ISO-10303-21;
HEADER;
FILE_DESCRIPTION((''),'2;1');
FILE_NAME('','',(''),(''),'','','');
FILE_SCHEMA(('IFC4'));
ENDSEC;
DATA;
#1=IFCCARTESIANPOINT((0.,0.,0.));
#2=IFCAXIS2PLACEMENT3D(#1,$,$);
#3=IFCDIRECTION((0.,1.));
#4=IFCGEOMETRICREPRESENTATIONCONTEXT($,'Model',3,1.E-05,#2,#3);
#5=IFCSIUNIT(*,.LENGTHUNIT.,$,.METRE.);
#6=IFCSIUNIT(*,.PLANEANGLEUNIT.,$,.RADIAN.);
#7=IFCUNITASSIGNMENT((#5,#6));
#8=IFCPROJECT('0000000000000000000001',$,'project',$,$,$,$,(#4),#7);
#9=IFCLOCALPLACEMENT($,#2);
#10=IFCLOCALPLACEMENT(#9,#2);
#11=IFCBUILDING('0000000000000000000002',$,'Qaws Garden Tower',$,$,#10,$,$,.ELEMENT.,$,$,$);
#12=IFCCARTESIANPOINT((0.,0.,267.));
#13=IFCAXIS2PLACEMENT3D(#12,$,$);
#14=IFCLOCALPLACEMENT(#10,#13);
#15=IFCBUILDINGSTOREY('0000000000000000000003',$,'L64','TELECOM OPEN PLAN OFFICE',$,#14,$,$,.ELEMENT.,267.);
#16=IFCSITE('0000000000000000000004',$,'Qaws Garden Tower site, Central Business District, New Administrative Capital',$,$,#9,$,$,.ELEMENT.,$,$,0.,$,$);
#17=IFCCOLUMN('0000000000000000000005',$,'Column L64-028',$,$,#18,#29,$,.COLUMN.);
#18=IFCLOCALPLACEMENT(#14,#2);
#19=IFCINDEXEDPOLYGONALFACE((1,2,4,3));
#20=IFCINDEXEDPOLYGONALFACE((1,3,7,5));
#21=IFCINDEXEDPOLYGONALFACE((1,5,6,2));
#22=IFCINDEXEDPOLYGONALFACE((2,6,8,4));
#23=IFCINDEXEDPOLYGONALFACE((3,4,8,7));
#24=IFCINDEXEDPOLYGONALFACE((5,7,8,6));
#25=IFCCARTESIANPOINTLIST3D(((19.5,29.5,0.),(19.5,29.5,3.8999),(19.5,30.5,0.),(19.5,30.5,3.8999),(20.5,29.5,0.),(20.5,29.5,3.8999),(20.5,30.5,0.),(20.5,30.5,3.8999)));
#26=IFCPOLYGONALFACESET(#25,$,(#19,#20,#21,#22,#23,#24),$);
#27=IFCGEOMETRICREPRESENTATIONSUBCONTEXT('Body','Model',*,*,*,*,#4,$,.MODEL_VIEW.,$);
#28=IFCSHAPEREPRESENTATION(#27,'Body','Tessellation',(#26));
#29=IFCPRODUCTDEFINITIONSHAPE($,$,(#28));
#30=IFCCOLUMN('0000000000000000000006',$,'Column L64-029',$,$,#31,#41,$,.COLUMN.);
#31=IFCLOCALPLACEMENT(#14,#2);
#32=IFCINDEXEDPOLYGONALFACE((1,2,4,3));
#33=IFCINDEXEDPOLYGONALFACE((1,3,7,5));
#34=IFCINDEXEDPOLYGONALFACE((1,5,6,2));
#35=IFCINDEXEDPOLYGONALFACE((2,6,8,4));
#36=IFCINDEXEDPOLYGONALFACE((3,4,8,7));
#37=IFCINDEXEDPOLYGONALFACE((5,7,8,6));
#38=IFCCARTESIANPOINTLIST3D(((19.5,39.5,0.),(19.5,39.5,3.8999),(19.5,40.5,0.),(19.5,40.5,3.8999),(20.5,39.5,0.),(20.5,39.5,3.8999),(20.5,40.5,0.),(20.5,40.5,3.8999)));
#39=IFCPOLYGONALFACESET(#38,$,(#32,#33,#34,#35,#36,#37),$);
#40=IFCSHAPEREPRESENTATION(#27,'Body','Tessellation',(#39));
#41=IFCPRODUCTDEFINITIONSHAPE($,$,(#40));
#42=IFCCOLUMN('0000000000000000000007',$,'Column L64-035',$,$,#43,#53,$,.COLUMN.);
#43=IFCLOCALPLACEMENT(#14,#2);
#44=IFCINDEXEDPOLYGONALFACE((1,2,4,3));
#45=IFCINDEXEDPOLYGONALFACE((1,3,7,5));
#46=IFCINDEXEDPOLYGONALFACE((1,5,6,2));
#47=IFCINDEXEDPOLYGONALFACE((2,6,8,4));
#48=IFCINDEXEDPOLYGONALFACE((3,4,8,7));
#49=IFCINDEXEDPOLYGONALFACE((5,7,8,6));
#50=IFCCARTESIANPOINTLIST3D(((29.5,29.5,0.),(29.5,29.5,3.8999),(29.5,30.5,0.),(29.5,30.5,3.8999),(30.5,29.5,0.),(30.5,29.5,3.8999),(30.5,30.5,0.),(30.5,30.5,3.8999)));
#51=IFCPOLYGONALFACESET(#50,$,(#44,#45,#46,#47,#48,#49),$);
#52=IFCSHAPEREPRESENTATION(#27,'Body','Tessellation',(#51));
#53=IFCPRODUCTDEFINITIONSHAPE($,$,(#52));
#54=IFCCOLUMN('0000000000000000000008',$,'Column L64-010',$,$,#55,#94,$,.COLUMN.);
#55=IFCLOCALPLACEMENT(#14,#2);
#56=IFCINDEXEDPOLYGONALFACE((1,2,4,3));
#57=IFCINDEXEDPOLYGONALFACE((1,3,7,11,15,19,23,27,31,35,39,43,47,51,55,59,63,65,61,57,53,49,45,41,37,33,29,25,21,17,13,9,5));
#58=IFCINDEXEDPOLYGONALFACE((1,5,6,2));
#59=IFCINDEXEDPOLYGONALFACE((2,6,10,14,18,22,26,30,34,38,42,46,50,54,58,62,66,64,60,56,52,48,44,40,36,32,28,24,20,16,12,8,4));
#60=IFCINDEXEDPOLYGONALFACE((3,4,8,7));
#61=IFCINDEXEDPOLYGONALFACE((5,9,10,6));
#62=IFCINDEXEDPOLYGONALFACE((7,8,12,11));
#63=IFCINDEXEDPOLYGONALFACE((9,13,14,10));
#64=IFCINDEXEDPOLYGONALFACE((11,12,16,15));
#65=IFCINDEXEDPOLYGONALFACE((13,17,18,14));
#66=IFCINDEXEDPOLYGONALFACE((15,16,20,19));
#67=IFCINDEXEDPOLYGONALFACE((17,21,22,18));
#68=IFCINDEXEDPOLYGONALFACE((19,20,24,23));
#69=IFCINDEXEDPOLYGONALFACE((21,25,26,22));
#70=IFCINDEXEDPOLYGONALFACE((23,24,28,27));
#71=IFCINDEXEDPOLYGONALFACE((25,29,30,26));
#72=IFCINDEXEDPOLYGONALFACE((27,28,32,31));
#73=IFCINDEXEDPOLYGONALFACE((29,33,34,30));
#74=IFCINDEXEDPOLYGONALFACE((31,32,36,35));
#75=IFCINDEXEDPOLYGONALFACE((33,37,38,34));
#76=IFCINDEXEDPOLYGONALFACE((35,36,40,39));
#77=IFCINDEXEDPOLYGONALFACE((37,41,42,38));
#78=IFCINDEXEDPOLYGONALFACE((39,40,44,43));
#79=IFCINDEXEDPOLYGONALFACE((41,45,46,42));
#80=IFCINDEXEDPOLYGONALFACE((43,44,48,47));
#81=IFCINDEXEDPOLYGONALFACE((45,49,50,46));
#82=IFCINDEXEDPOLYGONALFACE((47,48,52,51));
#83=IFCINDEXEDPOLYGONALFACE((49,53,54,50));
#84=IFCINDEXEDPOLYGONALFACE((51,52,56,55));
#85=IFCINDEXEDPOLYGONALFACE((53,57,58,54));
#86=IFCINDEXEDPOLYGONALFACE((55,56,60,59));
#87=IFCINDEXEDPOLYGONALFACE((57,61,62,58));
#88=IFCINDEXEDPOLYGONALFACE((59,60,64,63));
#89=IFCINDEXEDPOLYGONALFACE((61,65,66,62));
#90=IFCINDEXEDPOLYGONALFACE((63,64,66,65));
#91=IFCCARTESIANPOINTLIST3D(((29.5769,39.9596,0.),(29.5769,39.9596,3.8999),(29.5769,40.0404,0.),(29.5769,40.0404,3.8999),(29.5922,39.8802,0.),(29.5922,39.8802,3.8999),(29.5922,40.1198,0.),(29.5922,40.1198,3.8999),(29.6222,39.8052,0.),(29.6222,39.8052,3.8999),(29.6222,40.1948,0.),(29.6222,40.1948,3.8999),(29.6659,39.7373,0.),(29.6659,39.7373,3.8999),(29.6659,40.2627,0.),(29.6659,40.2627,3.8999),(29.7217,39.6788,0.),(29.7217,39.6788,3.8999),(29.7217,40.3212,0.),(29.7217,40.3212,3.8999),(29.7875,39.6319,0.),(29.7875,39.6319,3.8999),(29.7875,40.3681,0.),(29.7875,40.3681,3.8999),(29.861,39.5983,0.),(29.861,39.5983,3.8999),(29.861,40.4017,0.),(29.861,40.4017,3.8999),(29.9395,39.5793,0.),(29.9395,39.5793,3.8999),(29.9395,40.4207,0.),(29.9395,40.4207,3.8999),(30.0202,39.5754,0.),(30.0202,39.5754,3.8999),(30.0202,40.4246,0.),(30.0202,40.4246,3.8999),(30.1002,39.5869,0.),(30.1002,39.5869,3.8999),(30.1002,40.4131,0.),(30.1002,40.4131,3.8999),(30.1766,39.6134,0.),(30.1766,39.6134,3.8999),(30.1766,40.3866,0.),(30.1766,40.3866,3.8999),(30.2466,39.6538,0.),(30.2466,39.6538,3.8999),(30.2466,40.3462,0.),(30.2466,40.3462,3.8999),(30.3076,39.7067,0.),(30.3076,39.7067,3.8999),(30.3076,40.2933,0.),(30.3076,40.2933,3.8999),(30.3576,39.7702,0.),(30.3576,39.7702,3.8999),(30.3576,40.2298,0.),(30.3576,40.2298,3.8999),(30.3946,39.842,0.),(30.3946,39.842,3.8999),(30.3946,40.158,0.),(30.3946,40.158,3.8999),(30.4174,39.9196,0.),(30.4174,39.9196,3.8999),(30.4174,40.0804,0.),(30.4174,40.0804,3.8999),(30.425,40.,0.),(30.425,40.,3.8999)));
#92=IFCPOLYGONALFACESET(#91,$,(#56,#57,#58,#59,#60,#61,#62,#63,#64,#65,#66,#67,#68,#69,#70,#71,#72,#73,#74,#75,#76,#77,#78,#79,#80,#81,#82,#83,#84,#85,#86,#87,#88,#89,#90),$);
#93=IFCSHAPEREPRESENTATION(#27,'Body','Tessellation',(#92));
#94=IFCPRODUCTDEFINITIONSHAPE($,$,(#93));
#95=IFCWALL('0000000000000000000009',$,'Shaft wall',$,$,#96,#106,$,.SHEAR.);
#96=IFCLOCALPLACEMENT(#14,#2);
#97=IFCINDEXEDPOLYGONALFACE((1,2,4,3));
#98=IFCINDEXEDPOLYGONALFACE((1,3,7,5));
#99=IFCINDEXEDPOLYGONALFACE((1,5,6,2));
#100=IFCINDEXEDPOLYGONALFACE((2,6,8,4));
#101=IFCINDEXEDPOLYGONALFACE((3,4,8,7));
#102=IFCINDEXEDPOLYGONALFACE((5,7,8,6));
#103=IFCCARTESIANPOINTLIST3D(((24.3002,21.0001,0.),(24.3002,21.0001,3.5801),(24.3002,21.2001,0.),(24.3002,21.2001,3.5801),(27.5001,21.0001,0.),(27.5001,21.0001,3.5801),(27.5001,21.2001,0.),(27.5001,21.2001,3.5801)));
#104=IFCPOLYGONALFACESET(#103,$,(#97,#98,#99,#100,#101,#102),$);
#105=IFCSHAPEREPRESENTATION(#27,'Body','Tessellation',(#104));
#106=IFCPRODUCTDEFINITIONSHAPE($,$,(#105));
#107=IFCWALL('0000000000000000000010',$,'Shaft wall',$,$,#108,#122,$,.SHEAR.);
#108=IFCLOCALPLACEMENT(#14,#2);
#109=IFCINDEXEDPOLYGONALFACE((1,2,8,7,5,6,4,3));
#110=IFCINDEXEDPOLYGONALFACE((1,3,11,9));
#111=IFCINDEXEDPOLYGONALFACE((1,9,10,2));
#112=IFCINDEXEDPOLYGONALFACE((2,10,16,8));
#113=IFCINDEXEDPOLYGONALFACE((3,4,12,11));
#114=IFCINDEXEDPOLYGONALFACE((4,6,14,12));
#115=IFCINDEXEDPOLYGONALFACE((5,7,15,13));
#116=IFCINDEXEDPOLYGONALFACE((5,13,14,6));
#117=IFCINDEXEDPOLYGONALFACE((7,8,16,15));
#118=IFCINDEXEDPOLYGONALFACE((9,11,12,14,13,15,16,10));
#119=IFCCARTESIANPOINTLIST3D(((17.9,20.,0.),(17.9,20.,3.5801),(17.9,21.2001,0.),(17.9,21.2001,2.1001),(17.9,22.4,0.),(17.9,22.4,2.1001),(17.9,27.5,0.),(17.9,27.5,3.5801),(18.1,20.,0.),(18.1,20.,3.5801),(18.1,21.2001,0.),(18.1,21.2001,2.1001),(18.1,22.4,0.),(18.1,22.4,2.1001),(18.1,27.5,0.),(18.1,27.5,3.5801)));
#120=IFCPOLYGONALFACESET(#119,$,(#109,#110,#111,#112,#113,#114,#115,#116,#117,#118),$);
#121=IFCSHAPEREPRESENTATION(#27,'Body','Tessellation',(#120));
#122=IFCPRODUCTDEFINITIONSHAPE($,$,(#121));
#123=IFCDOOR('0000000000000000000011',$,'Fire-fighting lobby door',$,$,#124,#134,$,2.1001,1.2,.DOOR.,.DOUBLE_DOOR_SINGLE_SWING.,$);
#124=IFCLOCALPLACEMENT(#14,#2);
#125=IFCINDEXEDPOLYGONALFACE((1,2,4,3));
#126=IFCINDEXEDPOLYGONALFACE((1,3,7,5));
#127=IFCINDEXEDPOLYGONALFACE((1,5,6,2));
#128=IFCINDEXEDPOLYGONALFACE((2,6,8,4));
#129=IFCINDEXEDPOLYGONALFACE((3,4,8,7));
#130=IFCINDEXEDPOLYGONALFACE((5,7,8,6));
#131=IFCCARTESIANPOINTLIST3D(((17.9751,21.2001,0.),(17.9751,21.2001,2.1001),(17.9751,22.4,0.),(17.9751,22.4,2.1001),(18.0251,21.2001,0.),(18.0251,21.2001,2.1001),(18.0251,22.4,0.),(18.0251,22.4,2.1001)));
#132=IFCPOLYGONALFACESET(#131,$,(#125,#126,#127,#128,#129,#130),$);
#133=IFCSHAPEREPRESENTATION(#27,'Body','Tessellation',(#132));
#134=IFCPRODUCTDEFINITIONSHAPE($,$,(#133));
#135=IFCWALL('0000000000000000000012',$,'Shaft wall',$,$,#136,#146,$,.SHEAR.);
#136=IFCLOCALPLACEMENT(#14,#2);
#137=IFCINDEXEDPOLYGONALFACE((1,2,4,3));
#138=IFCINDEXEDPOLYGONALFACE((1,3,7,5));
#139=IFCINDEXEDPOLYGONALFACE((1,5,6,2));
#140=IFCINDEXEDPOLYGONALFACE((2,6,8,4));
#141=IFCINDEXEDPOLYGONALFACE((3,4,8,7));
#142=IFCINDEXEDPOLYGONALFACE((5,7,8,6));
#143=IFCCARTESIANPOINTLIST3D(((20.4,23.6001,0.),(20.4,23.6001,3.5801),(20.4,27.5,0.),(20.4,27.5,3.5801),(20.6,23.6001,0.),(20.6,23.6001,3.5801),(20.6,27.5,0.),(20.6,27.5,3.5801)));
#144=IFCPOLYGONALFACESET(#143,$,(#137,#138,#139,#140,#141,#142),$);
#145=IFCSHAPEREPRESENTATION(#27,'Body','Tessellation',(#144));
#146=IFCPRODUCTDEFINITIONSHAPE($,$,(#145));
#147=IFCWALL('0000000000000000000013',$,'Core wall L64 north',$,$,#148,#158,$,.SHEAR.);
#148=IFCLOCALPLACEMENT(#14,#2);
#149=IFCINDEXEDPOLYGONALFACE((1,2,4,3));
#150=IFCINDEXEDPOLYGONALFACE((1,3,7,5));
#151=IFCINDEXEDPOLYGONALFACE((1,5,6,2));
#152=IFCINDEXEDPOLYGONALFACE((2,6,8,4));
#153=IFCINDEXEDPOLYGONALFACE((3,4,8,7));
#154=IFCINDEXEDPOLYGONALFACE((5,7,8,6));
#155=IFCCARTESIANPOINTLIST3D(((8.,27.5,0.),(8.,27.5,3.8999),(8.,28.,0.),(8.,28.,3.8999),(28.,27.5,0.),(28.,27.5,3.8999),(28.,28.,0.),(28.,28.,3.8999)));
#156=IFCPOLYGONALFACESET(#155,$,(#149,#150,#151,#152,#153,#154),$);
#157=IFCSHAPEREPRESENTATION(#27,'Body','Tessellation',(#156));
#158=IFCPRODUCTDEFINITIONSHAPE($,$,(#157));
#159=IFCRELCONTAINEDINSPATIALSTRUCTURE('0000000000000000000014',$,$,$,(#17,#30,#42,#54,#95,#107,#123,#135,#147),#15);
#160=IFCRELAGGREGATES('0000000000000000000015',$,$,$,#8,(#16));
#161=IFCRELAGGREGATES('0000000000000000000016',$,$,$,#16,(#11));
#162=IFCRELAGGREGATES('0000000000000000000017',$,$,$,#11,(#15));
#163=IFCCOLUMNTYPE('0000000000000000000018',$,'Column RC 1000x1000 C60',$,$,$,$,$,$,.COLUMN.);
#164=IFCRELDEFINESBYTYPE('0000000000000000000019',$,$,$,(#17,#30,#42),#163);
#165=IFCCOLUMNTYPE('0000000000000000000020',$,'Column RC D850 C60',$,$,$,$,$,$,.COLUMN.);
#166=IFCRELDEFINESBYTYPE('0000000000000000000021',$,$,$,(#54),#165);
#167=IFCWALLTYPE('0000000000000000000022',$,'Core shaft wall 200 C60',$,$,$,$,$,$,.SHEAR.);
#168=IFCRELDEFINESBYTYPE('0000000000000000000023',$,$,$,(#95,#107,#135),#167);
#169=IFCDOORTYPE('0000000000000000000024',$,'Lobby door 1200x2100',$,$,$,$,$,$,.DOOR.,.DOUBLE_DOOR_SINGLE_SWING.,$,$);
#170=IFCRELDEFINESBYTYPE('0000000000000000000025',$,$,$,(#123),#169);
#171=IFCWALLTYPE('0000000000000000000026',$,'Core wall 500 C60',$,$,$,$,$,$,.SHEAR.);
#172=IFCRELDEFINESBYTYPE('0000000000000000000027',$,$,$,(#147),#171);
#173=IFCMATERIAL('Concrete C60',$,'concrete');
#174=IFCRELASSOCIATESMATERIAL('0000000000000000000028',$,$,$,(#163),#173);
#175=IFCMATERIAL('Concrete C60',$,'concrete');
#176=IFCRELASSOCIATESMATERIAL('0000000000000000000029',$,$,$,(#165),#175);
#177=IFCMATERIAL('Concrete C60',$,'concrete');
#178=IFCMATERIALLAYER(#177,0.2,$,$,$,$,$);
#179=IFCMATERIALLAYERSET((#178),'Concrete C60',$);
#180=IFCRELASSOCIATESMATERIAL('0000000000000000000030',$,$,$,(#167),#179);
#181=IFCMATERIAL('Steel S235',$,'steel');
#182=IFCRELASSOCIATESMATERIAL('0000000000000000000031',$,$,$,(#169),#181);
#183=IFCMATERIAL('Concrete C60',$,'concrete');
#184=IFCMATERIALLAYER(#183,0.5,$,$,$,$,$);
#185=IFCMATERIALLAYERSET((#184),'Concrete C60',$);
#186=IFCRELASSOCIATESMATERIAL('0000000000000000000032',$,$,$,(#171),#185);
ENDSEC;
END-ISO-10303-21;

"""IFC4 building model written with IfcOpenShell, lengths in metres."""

from ifc_helpers import new_model, si_unit, direction, frame, frame_2d, origin, origin_2d, place, context, subcontext, project, spatial, rectangle, circle, extrude, material, layer, layer_set, material_profile, profile_set, type_object, element, fill, save


model = new_model("IFC4")

# Units and contexts
model_context = context("Model", 3, precision=1e-05, world=origin(), true_north=direction((0.0, 1.0)))
body_context = subcontext(model_context, "Body", "Model", "MODEL_VIEW")
ifc_project = project(units=[si_unit("LENGTHUNIT", "METRE"), si_unit("PLANEANGLEUNIT", "RADIAN")], contexts=[model_context])

# Site, building, storey
site_placement = place(None, origin())
site = spatial("IfcSite", under=ifc_project, at=site_placement, Name="Qaws Garden Tower site, Central Business District, New Administrative Capital", CompositionType="ELEMENT", RefElevation=0.0)
building_placement = place(site_placement, origin())
building = spatial("IfcBuilding", under=site, at=building_placement, Name="Qaws Garden Tower", CompositionType="ELEMENT")
storey_placement = place(building_placement, frame((0.0, 0.0, 267.0)))
storey = spatial("IfcBuildingStorey", under=building, at=storey_placement, Name="L64", Description="TELECOM OPEN PLAN OFFICE", CompositionType="ELEMENT", Elevation=267.0)

# Columns
ifc_material_1 = material(Name="Concrete C60", Category="concrete")
ifc_material_profile_1 = material_profile(ifc_material_1, rectangle(XDim=1.0, YDim=1.0, at=origin_2d()), Name="RC 1000x1000")
ifc_profile_set_1 = profile_set([ifc_material_profile_1], Name="Concrete C60")
column_type_1 = type_object("IfcColumnType", Name="Column RC 1000x1000 C60", PredefinedType="COLUMN", material=ifc_profile_set_1)
for number, where, z_axis, x_axis, name in (
    (1, (20.0, 30.0, 0.0), (0.0, 0.0, 1.0), (1.0, 0.0, 0.0), "Column L64-028"),
    (2, (20.0, 40.0, 0.0), (0.0, 0.0, 1.0), (1.0, 0.0, 0.0), "Column L64-029"),
    (3, (30.0, 30.0, 0.0), (0.0, 0.0, 1.0), (1.0, 0.0, 0.0), "Column L64-035"),
):
    element("IfcColumn", number, at=place(storey_placement, frame(where, z_axis=z_axis, x_axis=x_axis)), inside=storey, type_object=column_type_1, Name=name, PredefinedType="COLUMN", context=body_context, shape_type="SweptSolid", body=[
        extrude(rectangle(XDim=1.0, YDim=1.0, at=origin_2d()), origin(), (0.0, 0.0, 1.0), 3.8999),
    ])
ifc_material_2 = material(Name="Concrete C60", Category="concrete")
ifc_material_profile_2 = material_profile(ifc_material_2, circle(Radius=0.425, at=origin_2d()), Name="RC D850")
ifc_profile_set_2 = profile_set([ifc_material_profile_2], Name="Concrete C60")
column_type_2 = type_object("IfcColumnType", Name="Column RC D850 C60", PredefinedType="COLUMN", material=ifc_profile_set_2)
column_placement = place(storey_placement, frame((30.0, 40.0, 0.0), z_axis=(0.0, 0.0, 1.0), x_axis=(1.0, 0.0, 0.0)))
element("IfcColumn", 4, at=column_placement, inside=storey, type_object=column_type_2, Name="Column L64-010", PredefinedType="COLUMN", context=body_context, shape_type="SweptSolid", body=[
    extrude(circle(Radius=0.425, at=origin_2d()), origin(), (0.0, 0.0, 1.0), 3.8999),
])

# Wall
ifc_material_3 = material(Name="Concrete C60", Category="concrete")
ifc_layer_1 = layer(ifc_material_3, 0.2)
ifc_layer_set_1 = layer_set([ifc_layer_1], Name="Concrete C60")
wall_type_1 = type_object("IfcWallType", Name="Core shaft wall 200 C60", PredefinedType="SHEAR", material=ifc_layer_set_1)
wall_1_placement = place(storey_placement, frame((24.3, 21.1001, 0.0), z_axis=(0.0, 0.0, 1.0), x_axis=(1.0, 0.0, 0.0)))
element("IfcWall", 5, at=wall_1_placement, inside=storey, type_object=wall_type_1, Name="Shaft wall", PredefinedType="SHEAR", context=body_context, shape_type="SweptSolid", body=[
    extrude(rectangle(XDim=3.2, YDim=0.2, at=frame_2d((1.6001, 0.0))), origin(), (0.0, 0.0, 1.0), 3.5801),
])

# Wall, opening, door
wall_2_placement = place(storey_placement, frame((18.0, 20.0, 0.0), z_axis=(0.0, 0.0, 1.0), x_axis=(0.0, 1.0, 0.0)))
wall_2 = element("IfcWall", 6, at=wall_2_placement, inside=storey, type_object=wall_type_1, Name="Shaft wall", PredefinedType="SHEAR", context=body_context, shape_type="SweptSolid", body=[
    extrude(rectangle(XDim=7.5, YDim=0.2, at=frame_2d((3.75, 0.0))), origin(), (0.0, 0.0, 1.0), 3.5801),
])
opening_1_placement = place(wall_2_placement, frame((1.2, 0.0, 0.0)))
opening_1 = element("IfcOpeningElement", 7, at=opening_1_placement, cuts=wall_2, PredefinedType="OPENING", context=body_context, shape_type="SweptSolid", body=[
    extrude(rectangle(XDim=1.2, YDim=2.1001, at=frame_2d((0.6001, 1.05))), frame((0.0, 0.1099, 0.0), z_axis=(0.0, -1.0, 0.0), x_axis=(1.0, 0.0, 0.0)), (0.0, 0.0, 1.0), 0.22),
])
ifc_material_4 = material(Name="Steel S235", Category="steel")
door_type_1 = type_object("IfcDoorType", Name="Lobby door 1200x2100", OperationType="DOUBLE_DOOR_SINGLE_SWING", PredefinedType="DOOR", material=ifc_material_4)
door_1_placement = place(opening_1_placement, origin())
door_1 = element("IfcDoor", 8, at=door_1_placement, inside=storey, type_object=door_type_1, Name="Fire-fighting lobby door", OperationType="DOUBLE_DOOR_SINGLE_SWING", OverallHeight=2.1001, OverallWidth=1.2, PredefinedType="DOOR", context=body_context, shape_type="SweptSolid", body=[
    extrude(rectangle(XDim=1.2, YDim=2.1001, at=frame_2d((0.6001, 1.05))), frame((0.0, 0.0249, 0.0), z_axis=(0.0, -1.0, 0.0), x_axis=(1.0, 0.0, 0.0)), (0.0, 0.0, 1.0), 0.05),
])
fill(opening_1, door_1)

# Walls
wall_3_placement = place(storey_placement, frame((20.5, 23.6001, 0.0), z_axis=(0.0, 0.0, 1.0), x_axis=(0.0, 1.0, 0.0)))
element("IfcWall", 9, at=wall_3_placement, inside=storey, type_object=wall_type_1, Name="Shaft wall", PredefinedType="SHEAR", context=body_context, shape_type="SweptSolid", body=[
    extrude(rectangle(XDim=3.8999, YDim=0.2, at=frame_2d((1.95, 0.0))), origin(), (0.0, 0.0, 1.0), 3.5801),
])
ifc_material_5 = material(Name="Concrete C60", Category="concrete")
ifc_layer_2 = layer(ifc_material_5, 0.5)
ifc_layer_set_2 = layer_set([ifc_layer_2], Name="Concrete C60")
wall_type_2 = type_object("IfcWallType", Name="Core wall 500 C60", PredefinedType="SHEAR", material=ifc_layer_set_2)
wall_4_placement = place(storey_placement, frame((28.0, 27.75, 0.0), z_axis=(0.0, 0.0, 1.0), x_axis=(-1.0, 0.0, 0.0)))
element("IfcWall", 10, at=wall_4_placement, inside=storey, type_object=wall_type_2, Name="Core wall L64 north", PredefinedType="SHEAR", context=body_context, shape_type="SweptSolid", body=[
    extrude(rectangle(XDim=20.0, YDim=0.5, at=frame_2d((10.0, 0.0))), origin(), (0.0, 0.0, 1.0), 3.8999),
])

save(model, "model.ifc")
